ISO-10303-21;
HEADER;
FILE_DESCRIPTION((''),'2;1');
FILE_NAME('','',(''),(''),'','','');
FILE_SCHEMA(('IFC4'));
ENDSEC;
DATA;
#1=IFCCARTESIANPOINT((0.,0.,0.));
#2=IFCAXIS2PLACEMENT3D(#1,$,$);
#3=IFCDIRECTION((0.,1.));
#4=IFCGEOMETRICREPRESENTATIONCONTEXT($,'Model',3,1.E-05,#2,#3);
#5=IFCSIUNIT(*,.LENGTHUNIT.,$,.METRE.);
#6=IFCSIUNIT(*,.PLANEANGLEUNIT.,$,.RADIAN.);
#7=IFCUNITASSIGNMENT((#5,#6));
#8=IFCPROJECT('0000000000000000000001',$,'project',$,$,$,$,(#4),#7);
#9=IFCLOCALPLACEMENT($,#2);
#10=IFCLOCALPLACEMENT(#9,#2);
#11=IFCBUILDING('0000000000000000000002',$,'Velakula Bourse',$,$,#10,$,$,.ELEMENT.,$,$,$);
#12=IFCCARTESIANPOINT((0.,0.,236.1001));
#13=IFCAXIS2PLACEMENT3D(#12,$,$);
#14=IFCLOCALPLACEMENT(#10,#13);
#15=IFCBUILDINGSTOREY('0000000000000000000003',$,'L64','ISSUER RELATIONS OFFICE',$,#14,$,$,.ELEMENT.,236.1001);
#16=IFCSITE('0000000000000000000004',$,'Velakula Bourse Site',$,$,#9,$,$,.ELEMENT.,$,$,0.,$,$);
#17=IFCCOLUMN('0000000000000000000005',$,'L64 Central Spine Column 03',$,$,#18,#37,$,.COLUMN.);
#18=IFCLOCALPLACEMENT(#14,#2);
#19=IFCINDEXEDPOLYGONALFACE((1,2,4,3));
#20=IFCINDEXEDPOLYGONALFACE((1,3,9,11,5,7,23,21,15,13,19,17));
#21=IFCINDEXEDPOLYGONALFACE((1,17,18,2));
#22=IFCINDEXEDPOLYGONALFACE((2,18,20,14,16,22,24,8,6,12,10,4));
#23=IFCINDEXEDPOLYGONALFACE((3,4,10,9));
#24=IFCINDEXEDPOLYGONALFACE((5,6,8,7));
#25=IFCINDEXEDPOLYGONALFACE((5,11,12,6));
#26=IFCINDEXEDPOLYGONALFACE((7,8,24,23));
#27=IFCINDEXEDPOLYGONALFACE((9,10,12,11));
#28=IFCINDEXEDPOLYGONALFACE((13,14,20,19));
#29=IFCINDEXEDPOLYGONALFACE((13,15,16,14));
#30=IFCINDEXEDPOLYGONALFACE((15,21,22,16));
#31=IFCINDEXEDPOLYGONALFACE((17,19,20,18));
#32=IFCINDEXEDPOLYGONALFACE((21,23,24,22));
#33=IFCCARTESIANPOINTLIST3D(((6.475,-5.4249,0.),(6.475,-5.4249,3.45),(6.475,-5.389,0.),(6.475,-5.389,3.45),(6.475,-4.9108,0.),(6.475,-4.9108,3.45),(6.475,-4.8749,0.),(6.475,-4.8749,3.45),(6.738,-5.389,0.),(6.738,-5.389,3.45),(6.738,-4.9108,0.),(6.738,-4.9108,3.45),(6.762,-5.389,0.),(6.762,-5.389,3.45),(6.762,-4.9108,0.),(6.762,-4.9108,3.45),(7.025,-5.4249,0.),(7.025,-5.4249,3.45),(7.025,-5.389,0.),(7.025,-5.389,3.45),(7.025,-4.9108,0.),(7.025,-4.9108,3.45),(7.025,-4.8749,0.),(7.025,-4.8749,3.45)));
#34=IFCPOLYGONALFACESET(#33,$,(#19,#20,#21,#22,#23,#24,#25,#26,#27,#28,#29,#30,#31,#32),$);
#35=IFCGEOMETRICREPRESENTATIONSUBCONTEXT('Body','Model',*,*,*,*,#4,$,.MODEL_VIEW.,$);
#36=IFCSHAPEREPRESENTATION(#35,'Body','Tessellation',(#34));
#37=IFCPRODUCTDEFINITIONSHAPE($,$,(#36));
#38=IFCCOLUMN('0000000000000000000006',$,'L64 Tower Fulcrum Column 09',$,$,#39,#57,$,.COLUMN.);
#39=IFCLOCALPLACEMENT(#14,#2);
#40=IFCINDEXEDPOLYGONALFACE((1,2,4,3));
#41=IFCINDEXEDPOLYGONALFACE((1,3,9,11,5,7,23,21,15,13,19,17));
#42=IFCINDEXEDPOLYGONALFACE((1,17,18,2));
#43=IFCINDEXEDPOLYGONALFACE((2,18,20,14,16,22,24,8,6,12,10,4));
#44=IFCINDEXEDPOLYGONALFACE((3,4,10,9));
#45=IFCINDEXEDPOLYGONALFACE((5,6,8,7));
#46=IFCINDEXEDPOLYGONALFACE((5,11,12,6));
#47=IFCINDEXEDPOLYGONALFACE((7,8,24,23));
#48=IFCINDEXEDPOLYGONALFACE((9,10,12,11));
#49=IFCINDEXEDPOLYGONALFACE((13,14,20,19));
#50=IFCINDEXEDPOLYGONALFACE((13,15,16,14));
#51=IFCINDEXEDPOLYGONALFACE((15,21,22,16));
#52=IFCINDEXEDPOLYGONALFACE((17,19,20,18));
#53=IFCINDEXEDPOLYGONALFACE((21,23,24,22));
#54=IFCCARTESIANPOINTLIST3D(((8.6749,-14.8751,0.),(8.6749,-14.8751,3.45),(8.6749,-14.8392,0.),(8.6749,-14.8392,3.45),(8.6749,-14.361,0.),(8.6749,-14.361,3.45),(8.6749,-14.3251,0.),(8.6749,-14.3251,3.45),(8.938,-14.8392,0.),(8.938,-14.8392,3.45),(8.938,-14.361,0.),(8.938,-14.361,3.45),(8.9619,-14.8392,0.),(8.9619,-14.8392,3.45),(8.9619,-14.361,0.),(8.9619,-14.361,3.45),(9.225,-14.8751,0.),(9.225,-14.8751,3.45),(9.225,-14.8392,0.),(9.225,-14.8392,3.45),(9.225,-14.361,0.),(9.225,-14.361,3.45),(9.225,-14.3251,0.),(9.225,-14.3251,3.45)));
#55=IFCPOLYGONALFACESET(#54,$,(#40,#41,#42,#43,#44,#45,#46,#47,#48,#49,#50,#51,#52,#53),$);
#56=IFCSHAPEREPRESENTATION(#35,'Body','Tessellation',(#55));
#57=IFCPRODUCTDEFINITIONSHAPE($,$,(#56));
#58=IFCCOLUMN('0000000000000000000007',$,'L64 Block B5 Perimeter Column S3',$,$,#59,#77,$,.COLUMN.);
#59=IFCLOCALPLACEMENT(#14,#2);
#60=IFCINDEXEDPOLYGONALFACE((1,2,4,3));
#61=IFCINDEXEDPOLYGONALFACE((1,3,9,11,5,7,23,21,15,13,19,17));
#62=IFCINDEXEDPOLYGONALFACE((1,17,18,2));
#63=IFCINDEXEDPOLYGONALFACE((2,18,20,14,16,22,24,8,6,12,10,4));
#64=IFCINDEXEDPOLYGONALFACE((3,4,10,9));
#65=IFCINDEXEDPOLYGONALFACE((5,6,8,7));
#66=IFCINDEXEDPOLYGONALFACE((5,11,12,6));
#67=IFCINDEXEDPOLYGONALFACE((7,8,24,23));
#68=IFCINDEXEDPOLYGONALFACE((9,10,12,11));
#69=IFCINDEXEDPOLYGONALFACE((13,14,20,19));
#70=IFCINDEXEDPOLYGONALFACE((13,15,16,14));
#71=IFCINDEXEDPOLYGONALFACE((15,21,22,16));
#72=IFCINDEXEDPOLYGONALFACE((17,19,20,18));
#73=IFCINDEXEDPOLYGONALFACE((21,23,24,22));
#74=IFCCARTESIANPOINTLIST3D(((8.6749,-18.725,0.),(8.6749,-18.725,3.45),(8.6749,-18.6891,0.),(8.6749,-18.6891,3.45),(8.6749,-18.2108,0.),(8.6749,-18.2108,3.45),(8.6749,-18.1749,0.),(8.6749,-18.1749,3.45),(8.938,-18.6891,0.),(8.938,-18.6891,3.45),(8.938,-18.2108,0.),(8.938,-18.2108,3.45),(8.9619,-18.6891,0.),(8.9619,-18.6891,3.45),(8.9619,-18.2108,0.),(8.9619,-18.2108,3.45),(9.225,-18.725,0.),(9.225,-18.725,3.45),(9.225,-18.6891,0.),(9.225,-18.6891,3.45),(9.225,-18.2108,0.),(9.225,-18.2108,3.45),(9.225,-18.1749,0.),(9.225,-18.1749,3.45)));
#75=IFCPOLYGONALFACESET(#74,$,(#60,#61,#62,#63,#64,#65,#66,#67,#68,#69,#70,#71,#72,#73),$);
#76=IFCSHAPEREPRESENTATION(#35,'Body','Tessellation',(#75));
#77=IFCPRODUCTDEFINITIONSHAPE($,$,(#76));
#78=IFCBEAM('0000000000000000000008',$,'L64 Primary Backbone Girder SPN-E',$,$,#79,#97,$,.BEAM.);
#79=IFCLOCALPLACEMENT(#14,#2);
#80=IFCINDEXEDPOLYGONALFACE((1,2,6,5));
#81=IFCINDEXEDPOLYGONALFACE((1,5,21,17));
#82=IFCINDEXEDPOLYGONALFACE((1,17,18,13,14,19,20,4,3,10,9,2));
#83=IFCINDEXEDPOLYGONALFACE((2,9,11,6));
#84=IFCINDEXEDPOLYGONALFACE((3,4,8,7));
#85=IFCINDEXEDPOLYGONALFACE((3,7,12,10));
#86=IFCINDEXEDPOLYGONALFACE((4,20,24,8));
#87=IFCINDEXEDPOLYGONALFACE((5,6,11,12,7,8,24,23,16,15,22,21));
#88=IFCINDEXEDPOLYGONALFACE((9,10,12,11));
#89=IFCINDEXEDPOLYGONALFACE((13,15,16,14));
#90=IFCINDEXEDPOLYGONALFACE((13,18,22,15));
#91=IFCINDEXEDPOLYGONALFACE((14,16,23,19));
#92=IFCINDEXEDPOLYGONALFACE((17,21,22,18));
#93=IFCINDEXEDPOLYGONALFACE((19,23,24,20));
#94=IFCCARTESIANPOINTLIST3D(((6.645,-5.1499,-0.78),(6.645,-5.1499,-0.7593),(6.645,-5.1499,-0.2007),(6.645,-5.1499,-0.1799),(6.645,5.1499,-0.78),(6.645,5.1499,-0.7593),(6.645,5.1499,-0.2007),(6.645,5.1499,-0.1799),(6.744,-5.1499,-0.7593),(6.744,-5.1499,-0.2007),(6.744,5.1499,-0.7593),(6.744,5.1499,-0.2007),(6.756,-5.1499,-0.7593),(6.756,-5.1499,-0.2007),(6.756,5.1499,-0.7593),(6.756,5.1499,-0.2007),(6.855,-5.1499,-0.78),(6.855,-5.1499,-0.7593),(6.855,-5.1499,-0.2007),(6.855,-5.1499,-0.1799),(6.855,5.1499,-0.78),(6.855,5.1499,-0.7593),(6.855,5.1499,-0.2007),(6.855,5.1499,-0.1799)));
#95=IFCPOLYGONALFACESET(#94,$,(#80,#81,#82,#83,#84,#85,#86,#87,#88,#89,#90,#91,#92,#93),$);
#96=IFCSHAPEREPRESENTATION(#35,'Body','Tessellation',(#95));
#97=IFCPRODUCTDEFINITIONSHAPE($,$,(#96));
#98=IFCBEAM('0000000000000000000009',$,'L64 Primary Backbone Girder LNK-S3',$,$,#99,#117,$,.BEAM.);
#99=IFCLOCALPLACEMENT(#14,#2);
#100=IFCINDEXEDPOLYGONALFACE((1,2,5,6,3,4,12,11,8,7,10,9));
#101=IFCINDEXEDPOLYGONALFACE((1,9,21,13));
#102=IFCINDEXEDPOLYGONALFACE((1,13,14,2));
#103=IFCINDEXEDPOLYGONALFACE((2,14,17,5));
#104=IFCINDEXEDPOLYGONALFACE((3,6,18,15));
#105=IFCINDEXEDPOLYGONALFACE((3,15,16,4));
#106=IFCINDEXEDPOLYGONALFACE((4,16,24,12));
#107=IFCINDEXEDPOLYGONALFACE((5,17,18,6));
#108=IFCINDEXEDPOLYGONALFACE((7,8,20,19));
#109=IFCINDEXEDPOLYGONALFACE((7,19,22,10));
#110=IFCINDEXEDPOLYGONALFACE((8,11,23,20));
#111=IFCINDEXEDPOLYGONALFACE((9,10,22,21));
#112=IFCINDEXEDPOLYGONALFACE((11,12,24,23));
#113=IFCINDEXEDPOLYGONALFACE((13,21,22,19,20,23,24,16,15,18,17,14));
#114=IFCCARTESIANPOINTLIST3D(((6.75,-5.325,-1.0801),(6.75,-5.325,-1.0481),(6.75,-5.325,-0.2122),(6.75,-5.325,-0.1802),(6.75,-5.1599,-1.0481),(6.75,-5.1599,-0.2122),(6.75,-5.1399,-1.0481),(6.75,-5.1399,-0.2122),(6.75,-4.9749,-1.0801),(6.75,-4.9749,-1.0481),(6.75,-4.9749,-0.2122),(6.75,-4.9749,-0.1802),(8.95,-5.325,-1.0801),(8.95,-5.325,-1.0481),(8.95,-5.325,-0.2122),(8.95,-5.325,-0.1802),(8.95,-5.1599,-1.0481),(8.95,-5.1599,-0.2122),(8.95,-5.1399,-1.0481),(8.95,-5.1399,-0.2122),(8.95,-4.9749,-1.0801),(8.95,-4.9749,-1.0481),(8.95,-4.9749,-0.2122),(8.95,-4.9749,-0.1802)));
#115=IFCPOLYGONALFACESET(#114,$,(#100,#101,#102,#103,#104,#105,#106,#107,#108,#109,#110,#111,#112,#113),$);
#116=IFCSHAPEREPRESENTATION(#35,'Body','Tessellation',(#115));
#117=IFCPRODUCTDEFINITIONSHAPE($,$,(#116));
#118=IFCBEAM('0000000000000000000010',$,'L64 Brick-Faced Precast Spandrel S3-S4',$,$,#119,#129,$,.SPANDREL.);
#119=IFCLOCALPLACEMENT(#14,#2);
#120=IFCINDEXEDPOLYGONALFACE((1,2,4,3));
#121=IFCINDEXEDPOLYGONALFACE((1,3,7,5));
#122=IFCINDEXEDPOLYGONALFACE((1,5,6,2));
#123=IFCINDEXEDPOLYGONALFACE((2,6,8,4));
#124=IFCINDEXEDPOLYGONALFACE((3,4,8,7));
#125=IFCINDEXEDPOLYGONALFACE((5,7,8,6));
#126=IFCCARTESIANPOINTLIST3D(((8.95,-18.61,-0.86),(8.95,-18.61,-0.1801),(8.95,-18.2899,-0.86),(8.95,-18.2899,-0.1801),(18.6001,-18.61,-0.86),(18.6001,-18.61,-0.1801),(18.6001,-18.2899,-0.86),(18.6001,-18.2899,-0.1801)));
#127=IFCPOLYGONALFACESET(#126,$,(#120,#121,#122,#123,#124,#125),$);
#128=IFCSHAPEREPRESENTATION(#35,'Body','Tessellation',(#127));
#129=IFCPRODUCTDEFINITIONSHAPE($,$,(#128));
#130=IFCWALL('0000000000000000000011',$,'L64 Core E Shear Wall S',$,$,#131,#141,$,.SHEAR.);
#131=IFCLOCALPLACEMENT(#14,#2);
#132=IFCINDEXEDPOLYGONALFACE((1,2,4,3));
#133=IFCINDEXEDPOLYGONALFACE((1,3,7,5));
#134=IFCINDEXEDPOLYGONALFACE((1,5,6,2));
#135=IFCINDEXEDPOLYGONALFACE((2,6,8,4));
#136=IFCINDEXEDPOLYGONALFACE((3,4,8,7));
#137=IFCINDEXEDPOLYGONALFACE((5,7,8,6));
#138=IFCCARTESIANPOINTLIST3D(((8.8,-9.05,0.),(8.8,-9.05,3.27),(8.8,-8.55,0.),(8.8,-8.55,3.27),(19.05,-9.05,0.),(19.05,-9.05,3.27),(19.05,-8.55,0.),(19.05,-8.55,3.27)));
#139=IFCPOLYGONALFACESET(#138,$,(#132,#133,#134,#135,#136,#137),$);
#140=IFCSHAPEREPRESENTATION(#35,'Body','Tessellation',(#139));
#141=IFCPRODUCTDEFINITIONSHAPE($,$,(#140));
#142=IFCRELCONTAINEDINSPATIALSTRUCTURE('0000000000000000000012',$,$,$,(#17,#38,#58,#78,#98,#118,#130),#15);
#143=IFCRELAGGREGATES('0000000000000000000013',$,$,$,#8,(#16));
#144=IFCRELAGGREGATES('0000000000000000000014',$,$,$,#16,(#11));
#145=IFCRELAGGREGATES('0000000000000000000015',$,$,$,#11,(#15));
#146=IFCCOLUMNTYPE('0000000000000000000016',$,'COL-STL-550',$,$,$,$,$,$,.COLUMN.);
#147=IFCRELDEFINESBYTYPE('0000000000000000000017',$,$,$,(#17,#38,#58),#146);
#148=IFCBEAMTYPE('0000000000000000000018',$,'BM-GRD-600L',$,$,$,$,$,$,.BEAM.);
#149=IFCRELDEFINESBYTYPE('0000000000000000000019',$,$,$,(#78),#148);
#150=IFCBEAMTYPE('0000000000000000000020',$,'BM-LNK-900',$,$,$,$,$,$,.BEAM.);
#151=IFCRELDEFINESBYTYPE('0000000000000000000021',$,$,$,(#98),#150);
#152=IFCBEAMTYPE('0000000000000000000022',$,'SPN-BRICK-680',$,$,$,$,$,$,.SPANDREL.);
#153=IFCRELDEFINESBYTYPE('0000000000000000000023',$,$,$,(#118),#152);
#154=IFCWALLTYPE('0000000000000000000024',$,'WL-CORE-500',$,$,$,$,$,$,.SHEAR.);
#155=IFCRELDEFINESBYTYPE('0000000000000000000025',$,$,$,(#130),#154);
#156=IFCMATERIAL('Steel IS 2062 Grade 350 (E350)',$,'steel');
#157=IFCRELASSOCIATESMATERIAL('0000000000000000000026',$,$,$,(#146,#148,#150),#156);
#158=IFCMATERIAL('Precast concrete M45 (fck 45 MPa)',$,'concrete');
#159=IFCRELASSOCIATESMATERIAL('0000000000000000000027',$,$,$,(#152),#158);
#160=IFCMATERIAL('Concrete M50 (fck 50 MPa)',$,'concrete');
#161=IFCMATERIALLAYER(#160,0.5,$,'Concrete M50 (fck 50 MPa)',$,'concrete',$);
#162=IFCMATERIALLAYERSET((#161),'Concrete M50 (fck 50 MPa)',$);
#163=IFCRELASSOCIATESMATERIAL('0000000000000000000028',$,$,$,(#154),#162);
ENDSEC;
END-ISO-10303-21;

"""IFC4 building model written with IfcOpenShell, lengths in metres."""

from ifc_helpers import new_model, si_unit, direction, frame, frame_2d, origin, origin_2d, place, context, subcontext, project, spatial, rectangle, i_section, extrude, material, layer, layer_set, material_profile, profile_set, type_object, element, save


model = new_model("IFC4")

# Units and contexts
model_context = context("Model", 3, precision=1e-05, world=origin(), true_north=direction((0.0, 1.0)))
body_context = subcontext(model_context, "Body", "Model", "MODEL_VIEW")
ifc_project = project(units=[si_unit("LENGTHUNIT", "METRE"), si_unit("PLANEANGLEUNIT", "RADIAN")], contexts=[model_context])

# Site, building, storey
site_placement = place(None, origin())
site = spatial("IfcSite", under=ifc_project, at=site_placement, Name="Velakula Bourse Site", CompositionType="ELEMENT", RefElevation=0.0)
building_placement = place(site_placement, origin())
building = spatial("IfcBuilding", under=site, at=building_placement, Name="Velakula Bourse", CompositionType="ELEMENT")
storey_placement = place(building_placement, frame((0.0, 0.0, 236.1001)))
storey = spatial("IfcBuildingStorey", under=building, at=storey_placement, Name="L64", Description="ISSUER RELATIONS OFFICE", CompositionType="ELEMENT", Elevation=236.1001)

# Columns
ifc_material_1 = material(Name="Steel IS 2062 Grade 350 (E350)", Category="steel")
ifc_material_profile_1 = material_profile(ifc_material_1, i_section(OverallWidth=0.55, OverallDepth=0.55, WebThickness=0.0239, FlangeThickness=0.0359, at=origin_2d()), Name="Steel IS 2062 Grade 350 (E350)")
ifc_profile_set_1 = profile_set([ifc_material_profile_1], Name="Steel IS 2062 Grade 350 (E350)")
column_type = type_object("IfcColumnType", Name="COL-STL-550", PredefinedType="COLUMN", material=ifc_profile_set_1)
for number, where, z_axis, x_axis, name in (
    (1, (6.75, -5.1499, 0.0), (0.0, 0.0, 1.0), (1.0, 0.0, 0.0), "L64 Central Spine Column 03"),
    (2, (8.95, -14.6001, 0.0), (0.0, 0.0, 1.0), (1.0, 0.0, 0.0), "L64 Tower Fulcrum Column 09"),
    (3, (8.95, -18.45, 0.0), (0.0, 0.0, 1.0), (1.0, 0.0, 0.0), "L64 Block B5 Perimeter Column S3"),
):
    element("IfcColumn", number, at=place(storey_placement, frame(where, z_axis=z_axis, x_axis=x_axis)), inside=storey, type_object=column_type, Name=name, PredefinedType="COLUMN", context=body_context, shape_type="SweptSolid", body=[
        extrude(i_section(OverallWidth=0.55, OverallDepth=0.55, WebThickness=0.0239, FlangeThickness=0.0359, at=origin_2d()), origin(), (0.0, 0.0, 1.0), 3.45),
    ])

# Beams
ifc_material_profile_2 = material_profile(ifc_material_1, i_section(OverallWidth=0.21, OverallDepth=0.6001, WebThickness=0.012, FlangeThickness=0.0208, at=origin_2d()), Name="Steel IS 2062 Grade 350 (E350)")
ifc_profile_set_2 = profile_set([ifc_material_profile_2], Name="Steel IS 2062 Grade 350 (E350)")
beam_type_1 = type_object("IfcBeamType", Name="BM-GRD-600L", PredefinedType="BEAM", material=ifc_profile_set_2)
beam_1_placement = place(storey_placement, frame((6.75, -5.1499, -0.48), z_axis=(0.0, 1.0, 0.0), x_axis=(-1.0, 0.0, 0.0)))
element("IfcBeam", 4, at=beam_1_placement, inside=storey, type_object=beam_type_1, Name="L64 Primary Backbone Girder SPN-E", PredefinedType="BEAM", context=body_context, shape_type="SweptSolid", body=[
    extrude(i_section(OverallWidth=0.21, OverallDepth=0.6001, WebThickness=0.012, FlangeThickness=0.0208, at=origin_2d()), origin(), (0.0, 0.0, 1.0), 10.2998),
])
ifc_material_profile_3 = material_profile(ifc_material_1, i_section(OverallWidth=0.3501, OverallDepth=0.8999, WebThickness=0.02, FlangeThickness=0.032, at=origin_2d()), Name="Steel IS 2062 Grade 350 (E350)")
ifc_profile_set_3 = profile_set([ifc_material_profile_3], Name="Steel IS 2062 Grade 350 (E350)")
beam_type_2 = type_object("IfcBeamType", Name="BM-LNK-900", PredefinedType="BEAM", material=ifc_profile_set_3)
beam_2_placement = place(storey_placement, frame((6.75, -5.1499, -0.6301), z_axis=(1.0, 0.0, 0.0), x_axis=(0.0, 1.0, 0.0)))
element("IfcBeam", 5, at=beam_2_placement, inside=storey, type_object=beam_type_2, Name="L64 Primary Backbone Girder LNK-S3", PredefinedType="BEAM", context=body_context, shape_type="SweptSolid", body=[
    extrude(i_section(OverallWidth=0.3501, OverallDepth=0.8999, WebThickness=0.02, FlangeThickness=0.032, at=origin_2d()), origin(), (0.0, 0.0, 1.0), 2.2),
])
ifc_material_2 = material(Name="Precast concrete M45 (fck 45 MPa)", Category="concrete")
ifc_material_profile_4 = material_profile(ifc_material_2, rectangle(XDim=0.3201, YDim=0.6799, at=origin_2d()), Name="Precast concrete M45 (fck 45 MPa)")
ifc_profile_set_4 = profile_set([ifc_material_profile_4], Name="Precast concrete M45 (fck 45 MPa)")
beam_type_3 = type_object("IfcBeamType", Name="SPN-BRICK-680", PredefinedType="SPANDREL", material=ifc_profile_set_4)
beam_3_placement = place(storey_placement, frame((8.95, -18.45, -0.52), z_axis=(1.0, 0.0, 0.0), x_axis=(0.0, 1.0, 0.0)))
element("IfcBeam", 6, at=beam_3_placement, inside=storey, type_object=beam_type_3, Name="L64 Brick-Faced Precast Spandrel S3-S4", PredefinedType="SPANDREL", context=body_context, shape_type="SweptSolid", body=[
    extrude(rectangle(XDim=0.3201, YDim=0.6799, at=origin_2d()), origin(), (0.0, 0.0, 1.0), 9.6501),
])

# Wall
ifc_material_3 = material(Name="Concrete M50 (fck 50 MPa)", Category="concrete")
ifc_layer_1 = layer(ifc_material_3, 0.5, Name="Concrete M50 (fck 50 MPa)", Category="concrete")
ifc_layer_set_1 = layer_set([ifc_layer_1], Name="Concrete M50 (fck 50 MPa)")
wall_type_1 = type_object("IfcWallType", Name="WL-CORE-500", PredefinedType="SHEAR", material=ifc_layer_set_1)
wall_1_placement = place(storey_placement, frame((8.8, -8.8, 0.0), z_axis=(0.0, 0.0, 1.0), x_axis=(1.0, 0.0, 0.0)))
element("IfcWall", 7, at=wall_1_placement, inside=storey, type_object=wall_type_1, Name="L64 Core E Shear Wall S", PredefinedType="SHEAR", context=body_context, shape_type="SweptSolid", body=[
    extrude(rectangle(XDim=10.25, YDim=0.5, at=frame_2d((5.125, 0.0))), origin(), (0.0, 0.0, 1.0), 3.27),
])

save(model, "model.ifc")
